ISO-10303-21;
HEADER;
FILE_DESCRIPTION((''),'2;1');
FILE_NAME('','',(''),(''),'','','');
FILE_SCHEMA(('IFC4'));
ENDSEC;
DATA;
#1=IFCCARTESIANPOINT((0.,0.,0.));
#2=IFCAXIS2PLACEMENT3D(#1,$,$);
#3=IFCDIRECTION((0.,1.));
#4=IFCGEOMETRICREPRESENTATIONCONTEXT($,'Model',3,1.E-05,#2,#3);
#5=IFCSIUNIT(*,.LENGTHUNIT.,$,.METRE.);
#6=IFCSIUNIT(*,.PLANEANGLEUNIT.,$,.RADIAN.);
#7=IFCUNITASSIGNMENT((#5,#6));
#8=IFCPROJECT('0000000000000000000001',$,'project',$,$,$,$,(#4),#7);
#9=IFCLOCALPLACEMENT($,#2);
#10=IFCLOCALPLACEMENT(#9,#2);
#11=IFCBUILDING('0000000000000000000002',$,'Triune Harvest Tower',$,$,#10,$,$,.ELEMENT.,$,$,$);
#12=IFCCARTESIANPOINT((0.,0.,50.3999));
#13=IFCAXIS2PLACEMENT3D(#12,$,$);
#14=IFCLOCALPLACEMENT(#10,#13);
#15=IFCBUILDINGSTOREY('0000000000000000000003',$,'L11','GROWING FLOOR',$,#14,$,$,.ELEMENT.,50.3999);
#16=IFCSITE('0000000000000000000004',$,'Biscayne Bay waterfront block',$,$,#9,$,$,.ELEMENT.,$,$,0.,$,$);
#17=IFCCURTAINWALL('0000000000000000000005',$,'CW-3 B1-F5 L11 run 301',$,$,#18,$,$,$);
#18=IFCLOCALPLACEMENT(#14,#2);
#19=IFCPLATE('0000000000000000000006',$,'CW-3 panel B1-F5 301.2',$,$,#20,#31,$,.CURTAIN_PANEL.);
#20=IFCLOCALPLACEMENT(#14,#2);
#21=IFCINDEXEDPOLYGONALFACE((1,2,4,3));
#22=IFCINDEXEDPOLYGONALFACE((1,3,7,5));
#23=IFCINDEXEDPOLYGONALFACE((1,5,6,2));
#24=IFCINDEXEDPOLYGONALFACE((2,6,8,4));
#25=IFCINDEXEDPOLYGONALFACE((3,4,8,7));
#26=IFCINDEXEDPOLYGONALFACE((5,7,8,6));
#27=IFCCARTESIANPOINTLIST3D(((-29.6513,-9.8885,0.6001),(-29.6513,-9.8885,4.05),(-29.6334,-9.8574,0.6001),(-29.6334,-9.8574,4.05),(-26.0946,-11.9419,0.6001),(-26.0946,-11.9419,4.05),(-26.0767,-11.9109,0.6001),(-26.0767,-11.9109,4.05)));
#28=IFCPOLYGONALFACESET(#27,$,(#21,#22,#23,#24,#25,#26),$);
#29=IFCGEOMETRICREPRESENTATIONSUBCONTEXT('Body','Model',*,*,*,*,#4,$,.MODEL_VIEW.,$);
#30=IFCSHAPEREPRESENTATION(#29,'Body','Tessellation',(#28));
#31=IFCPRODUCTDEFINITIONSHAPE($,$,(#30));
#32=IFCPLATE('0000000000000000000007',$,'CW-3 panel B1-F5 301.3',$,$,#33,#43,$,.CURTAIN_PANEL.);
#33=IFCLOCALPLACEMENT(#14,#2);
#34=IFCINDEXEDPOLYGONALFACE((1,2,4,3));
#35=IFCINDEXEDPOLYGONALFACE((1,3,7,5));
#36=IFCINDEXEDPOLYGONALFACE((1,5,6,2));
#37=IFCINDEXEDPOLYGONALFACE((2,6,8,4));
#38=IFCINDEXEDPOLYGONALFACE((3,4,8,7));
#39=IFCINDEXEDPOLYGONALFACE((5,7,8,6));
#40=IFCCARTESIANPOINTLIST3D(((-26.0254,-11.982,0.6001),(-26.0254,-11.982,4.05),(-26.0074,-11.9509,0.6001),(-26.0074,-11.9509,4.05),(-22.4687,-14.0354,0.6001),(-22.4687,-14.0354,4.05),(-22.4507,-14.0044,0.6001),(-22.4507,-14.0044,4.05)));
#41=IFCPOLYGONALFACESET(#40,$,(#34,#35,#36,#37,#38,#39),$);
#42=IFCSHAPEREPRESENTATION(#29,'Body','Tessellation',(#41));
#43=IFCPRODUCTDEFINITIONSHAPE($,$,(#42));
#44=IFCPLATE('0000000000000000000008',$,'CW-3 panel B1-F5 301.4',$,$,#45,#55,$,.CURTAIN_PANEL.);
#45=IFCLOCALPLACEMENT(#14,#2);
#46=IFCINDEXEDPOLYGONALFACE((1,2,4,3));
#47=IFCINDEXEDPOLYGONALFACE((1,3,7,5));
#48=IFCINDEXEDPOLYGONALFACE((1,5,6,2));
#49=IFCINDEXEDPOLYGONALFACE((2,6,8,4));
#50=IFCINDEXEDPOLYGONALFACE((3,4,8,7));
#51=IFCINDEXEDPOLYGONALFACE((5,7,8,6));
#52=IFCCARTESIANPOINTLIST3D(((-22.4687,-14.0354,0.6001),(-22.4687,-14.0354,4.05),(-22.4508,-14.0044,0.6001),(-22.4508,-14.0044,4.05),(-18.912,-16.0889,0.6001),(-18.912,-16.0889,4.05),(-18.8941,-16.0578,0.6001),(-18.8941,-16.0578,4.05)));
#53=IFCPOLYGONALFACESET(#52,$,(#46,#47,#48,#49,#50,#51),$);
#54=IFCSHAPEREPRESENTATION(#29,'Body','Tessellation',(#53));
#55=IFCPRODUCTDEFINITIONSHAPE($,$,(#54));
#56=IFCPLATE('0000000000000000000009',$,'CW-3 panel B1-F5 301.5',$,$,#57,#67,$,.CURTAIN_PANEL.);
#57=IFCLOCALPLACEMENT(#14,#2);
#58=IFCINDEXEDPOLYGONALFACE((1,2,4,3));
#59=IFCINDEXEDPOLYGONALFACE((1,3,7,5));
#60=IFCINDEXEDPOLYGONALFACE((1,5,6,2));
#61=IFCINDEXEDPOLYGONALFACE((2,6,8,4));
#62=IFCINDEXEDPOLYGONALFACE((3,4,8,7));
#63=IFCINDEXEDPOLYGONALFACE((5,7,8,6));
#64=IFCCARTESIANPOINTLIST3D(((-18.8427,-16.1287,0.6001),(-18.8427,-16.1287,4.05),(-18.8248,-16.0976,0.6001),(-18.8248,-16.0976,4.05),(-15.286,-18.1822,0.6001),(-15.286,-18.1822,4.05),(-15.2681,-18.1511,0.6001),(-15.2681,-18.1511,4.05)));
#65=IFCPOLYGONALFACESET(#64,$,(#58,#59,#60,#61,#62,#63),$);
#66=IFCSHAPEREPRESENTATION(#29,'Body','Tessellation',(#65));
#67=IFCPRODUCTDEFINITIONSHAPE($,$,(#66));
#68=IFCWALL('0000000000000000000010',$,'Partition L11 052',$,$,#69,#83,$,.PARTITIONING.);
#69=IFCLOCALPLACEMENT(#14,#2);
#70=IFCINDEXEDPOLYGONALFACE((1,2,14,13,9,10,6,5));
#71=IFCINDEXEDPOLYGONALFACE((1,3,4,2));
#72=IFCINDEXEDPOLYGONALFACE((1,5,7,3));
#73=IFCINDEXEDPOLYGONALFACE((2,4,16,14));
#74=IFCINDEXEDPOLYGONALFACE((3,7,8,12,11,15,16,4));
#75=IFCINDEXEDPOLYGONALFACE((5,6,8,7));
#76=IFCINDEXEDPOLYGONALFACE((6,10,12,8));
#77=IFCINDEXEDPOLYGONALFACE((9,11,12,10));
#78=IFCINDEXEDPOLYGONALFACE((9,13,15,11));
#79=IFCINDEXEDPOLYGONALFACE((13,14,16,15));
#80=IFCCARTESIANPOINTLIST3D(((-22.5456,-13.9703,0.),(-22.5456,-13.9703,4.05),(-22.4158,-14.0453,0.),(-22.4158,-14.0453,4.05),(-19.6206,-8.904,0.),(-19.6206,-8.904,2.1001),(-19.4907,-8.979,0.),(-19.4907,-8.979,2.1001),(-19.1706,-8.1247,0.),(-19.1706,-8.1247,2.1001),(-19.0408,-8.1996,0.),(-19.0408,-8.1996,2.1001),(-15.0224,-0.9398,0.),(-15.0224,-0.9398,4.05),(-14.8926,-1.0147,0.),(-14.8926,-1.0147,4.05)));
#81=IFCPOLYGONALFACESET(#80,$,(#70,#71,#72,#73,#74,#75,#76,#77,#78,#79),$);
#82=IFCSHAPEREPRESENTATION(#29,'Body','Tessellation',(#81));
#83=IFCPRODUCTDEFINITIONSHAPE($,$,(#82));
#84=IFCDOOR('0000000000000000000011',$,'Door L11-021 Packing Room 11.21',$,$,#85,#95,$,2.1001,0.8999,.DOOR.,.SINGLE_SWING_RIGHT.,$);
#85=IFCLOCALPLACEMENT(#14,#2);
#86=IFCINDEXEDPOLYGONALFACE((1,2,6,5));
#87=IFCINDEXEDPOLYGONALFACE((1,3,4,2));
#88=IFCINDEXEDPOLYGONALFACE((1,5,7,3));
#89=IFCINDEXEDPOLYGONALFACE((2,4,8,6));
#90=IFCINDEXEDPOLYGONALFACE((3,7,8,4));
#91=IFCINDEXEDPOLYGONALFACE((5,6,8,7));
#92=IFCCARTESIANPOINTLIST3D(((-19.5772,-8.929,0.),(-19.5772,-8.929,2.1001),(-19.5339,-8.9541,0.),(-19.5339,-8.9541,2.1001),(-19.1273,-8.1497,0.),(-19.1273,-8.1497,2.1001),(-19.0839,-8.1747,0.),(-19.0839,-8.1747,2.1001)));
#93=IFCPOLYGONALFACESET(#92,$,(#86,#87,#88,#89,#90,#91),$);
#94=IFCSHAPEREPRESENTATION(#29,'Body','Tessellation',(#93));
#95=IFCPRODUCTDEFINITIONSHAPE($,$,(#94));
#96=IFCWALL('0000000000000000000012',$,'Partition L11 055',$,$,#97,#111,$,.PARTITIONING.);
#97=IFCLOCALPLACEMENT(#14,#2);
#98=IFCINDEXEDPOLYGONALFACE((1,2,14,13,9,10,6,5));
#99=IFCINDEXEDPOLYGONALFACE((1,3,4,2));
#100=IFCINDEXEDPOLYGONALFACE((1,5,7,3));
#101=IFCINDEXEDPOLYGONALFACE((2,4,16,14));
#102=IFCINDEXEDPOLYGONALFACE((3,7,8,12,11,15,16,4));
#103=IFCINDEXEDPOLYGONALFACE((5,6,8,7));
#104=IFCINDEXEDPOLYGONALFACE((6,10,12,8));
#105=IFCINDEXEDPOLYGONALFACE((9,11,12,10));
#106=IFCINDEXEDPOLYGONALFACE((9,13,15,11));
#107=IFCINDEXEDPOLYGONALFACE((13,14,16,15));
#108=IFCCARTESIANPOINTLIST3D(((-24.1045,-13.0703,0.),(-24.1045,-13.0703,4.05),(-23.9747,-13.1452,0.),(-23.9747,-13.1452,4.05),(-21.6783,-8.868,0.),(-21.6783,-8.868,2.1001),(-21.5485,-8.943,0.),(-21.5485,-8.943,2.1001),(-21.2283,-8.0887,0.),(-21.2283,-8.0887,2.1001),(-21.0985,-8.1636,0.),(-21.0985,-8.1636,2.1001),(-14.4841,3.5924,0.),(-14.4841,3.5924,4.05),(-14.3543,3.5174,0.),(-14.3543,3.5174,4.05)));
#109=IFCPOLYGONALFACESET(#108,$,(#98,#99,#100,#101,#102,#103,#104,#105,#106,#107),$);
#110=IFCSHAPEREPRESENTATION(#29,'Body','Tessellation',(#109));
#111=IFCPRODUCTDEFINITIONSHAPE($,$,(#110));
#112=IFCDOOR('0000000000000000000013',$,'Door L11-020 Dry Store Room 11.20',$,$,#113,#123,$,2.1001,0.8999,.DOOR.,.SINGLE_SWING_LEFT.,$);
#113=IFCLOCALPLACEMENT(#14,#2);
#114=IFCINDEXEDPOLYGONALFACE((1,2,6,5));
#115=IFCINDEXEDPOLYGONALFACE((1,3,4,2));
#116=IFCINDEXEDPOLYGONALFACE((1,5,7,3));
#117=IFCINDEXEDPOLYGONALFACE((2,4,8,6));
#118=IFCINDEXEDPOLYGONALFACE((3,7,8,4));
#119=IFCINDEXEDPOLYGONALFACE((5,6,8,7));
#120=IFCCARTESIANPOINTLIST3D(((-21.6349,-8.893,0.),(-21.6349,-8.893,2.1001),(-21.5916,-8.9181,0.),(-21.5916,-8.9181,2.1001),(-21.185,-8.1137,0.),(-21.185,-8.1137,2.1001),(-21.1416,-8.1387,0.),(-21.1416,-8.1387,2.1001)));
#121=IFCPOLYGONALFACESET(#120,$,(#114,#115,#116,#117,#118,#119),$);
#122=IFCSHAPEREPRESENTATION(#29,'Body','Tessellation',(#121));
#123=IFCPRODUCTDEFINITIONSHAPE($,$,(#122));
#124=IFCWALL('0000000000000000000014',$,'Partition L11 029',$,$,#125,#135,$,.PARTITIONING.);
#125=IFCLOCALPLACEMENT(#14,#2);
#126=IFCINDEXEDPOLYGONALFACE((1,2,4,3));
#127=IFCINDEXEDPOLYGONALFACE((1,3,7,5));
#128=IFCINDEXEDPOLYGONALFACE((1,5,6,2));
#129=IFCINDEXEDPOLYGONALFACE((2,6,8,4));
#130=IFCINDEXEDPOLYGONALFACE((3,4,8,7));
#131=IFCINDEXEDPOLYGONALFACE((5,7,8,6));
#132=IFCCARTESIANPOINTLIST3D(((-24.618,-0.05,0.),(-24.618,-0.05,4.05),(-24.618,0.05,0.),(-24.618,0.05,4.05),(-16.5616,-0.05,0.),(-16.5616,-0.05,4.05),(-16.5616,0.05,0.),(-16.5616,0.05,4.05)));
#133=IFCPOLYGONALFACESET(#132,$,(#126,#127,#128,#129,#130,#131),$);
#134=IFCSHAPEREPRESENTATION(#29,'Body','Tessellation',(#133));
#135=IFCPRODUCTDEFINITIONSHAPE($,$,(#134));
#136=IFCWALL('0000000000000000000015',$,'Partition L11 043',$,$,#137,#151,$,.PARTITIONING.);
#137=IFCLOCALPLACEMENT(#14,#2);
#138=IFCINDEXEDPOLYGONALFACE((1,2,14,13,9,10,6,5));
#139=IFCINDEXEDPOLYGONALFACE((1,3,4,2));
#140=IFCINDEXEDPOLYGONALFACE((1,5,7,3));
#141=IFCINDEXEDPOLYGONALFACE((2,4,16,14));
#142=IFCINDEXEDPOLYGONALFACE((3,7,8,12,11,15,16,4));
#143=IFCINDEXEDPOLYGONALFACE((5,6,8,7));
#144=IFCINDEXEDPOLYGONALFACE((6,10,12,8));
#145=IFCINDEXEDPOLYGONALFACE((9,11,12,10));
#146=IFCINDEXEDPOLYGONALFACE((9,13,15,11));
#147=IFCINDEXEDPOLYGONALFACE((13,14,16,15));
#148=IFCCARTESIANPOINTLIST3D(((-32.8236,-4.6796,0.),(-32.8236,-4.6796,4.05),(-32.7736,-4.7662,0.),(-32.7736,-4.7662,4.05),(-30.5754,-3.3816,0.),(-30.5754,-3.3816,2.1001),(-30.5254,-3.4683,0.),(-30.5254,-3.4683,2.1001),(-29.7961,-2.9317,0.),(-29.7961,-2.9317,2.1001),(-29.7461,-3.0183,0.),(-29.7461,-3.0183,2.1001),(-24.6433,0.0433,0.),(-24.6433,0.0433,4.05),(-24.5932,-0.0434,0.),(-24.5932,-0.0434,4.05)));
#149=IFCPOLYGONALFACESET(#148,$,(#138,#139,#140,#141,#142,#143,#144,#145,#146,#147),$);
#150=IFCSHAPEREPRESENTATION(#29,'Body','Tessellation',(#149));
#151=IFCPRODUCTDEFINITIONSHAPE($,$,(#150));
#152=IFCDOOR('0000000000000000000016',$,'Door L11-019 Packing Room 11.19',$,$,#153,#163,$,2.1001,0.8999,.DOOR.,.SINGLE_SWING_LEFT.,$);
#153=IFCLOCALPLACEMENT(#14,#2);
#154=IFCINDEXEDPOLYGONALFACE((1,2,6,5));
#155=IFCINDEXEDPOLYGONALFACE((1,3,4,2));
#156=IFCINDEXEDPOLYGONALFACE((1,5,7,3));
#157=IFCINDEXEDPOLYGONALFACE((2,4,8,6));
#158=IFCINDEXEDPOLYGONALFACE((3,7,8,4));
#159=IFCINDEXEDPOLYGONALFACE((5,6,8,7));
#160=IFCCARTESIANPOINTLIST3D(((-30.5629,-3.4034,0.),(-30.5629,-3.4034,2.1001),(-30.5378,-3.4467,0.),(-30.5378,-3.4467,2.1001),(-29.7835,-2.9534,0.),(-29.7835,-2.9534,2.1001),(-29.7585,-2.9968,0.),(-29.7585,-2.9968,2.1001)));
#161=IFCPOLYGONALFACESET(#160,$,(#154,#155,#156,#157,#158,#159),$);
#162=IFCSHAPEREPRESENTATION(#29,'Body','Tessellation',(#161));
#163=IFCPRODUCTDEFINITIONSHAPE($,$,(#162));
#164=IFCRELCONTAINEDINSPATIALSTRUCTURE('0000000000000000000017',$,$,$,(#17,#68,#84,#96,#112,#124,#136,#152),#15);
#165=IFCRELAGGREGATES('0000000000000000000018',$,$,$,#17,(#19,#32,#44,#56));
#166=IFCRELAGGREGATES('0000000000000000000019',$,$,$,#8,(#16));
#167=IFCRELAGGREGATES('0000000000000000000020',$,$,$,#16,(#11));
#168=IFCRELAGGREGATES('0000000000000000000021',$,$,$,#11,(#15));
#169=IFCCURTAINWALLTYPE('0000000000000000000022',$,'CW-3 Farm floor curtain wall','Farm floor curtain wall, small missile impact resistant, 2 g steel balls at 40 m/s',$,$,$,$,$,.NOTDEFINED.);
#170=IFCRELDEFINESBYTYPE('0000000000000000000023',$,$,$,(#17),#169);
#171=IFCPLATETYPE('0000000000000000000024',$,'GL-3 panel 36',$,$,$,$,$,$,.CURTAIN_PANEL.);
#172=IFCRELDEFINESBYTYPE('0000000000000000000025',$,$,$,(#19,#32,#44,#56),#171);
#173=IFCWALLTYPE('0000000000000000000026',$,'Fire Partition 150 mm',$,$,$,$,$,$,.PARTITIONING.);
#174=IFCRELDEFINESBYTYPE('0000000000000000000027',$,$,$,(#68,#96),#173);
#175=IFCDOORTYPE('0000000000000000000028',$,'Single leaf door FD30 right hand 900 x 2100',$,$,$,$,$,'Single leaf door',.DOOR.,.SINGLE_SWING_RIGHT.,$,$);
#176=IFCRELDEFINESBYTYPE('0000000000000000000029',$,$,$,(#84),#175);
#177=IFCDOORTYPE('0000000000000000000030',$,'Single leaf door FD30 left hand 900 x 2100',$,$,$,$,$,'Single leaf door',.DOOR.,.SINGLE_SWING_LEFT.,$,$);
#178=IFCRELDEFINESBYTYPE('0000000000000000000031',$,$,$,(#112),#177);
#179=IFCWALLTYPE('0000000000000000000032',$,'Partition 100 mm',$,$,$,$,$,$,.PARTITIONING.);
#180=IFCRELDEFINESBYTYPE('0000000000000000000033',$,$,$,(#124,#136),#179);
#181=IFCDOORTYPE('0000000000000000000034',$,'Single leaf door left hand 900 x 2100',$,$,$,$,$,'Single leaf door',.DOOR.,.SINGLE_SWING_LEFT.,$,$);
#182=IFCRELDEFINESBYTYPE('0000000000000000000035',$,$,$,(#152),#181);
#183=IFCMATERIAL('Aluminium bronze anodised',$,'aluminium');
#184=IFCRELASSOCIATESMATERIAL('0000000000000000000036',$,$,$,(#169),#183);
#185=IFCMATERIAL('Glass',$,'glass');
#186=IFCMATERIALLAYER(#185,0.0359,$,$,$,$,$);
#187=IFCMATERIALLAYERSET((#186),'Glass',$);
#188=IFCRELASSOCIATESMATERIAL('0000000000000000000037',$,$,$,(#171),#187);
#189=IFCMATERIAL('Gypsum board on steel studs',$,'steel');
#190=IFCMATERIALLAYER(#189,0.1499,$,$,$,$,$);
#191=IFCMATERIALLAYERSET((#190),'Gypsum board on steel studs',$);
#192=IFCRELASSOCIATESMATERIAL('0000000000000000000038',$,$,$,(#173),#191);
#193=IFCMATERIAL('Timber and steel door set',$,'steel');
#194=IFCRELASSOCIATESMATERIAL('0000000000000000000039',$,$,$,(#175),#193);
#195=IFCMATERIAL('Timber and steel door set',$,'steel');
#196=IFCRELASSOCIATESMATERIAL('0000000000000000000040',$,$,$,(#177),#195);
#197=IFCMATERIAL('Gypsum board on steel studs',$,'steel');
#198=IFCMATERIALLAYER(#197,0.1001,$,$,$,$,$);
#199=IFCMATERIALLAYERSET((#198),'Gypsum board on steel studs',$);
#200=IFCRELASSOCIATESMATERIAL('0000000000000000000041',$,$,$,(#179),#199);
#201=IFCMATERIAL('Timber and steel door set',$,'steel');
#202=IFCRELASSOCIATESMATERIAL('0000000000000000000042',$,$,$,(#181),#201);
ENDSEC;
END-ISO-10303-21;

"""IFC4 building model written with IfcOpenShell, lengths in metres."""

from ifc_helpers import new_model, si_unit, direction, frame, frame_2d, origin, origin_2d, place, context, subcontext, project, spatial, rectangle, extrude, source, transform, mapped, material, layer, layer_set, type_object, element, fill, aggregate, save


model = new_model("IFC4")

# Units and contexts
model_context = context("Model", 3, precision=1e-05, world=origin(), true_north=direction((0.0, 1.0)))
body_context = subcontext(model_context, "Body", "Model", "MODEL_VIEW")
ifc_project = project(units=[si_unit("LENGTHUNIT", "METRE"), si_unit("PLANEANGLEUNIT", "RADIAN")], contexts=[model_context])

# Site, building, storey
site_placement = place(None, origin())
site = spatial("IfcSite", under=ifc_project, at=site_placement, Name="Biscayne Bay waterfront block", CompositionType="ELEMENT", RefElevation=0.0)
building_placement = place(site_placement, origin())
building = spatial("IfcBuilding", under=site, at=building_placement, Name="Triune Harvest Tower", CompositionType="ELEMENT")
storey_placement = place(building_placement, frame((0.0, 0.0, 50.3999)))
storey = spatial("IfcBuildingStorey", under=building, at=storey_placement, Name="L11", Description="GROWING FLOOR", CompositionType="ELEMENT", Elevation=50.3999)

# Curtain wall
ifc_material_1 = material(Name="Aluminium bronze anodised", Category="aluminium")
curtain_wall_type = type_object("IfcCurtainWallType", Name="CW-3 Farm floor curtain wall", Description="Farm floor curtain wall, small missile impact resistant, 2 g steel balls at 40 m/s", PredefinedType="NOTDEFINED", material=ifc_material_1)
curtain_wall_placement = place(storey_placement, origin())
curtain_wall = element("IfcCurtainWall", 1, at=curtain_wall_placement, inside=storey, type_object=curtain_wall_type, Name="CW-3 B1-F5 L11 run 301")

# Plates
ifc_material_2 = material(Name="Glass", Category="glass")
ifc_layer_1 = layer(ifc_material_2, 0.0359)
ifc_layer_set_1 = layer_set([ifc_layer_1], Name="Glass")
plate_type = type_object("IfcPlateType", Name="GL-3 panel 36", PredefinedType="CURTAIN_PANEL", material=ifc_layer_set_1)
shared_shape_1 = source(origin(), body_context, "Body", "SweptSolid", [
    extrude(rectangle(XDim=4.1069, YDim=0.0359, at=origin_2d()), origin(), (0.0, 0.0, 1.0), 3.45),
])
plate_1_placement = place(storey_placement, frame((-27.864, -10.8997, 0.6001), z_axis=(0.0, 0.0, 1.0), x_axis=(0.866026, -0.499999, 0.0)))
plate_1 = element("IfcPlate", 2, at=plate_1_placement, type_object=plate_type, Name="CW-3 panel B1-F5 301.2", PredefinedType="CURTAIN_PANEL", context=body_context, shape_type="MappedRepresentation", body=[
    mapped(shared_shape_1, transform((0.0, 0.0, 0.0), scale=1.0)),
])
plate_2_placement = place(storey_placement, frame((-24.238, -12.9932, 0.6001), z_axis=(0.0, 0.0, 1.0), x_axis=(0.866026, -0.499999, 0.0)))
plate_2 = element("IfcPlate", 3, at=plate_2_placement, type_object=plate_type, Name="CW-3 panel B1-F5 301.3", PredefinedType="CURTAIN_PANEL", context=body_context, shape_type="MappedRepresentation", body=[
    mapped(shared_shape_1, transform((0.0, 0.0, 0.0), scale=1.0)),
])
plate_3_placement = place(storey_placement, frame((-20.6814, -15.0466, 0.6001), z_axis=(0.0, 0.0, 1.0), x_axis=(0.866026, -0.499999, 0.0)))
plate_3 = element("IfcPlate", 4, at=plate_3_placement, type_object=plate_type, Name="CW-3 panel B1-F5 301.4", PredefinedType="CURTAIN_PANEL", context=body_context, shape_type="MappedRepresentation", body=[
    mapped(shared_shape_1, transform((0.0, 0.0, 0.0), scale=1.0)),
])
plate_4_placement = place(storey_placement, frame((-17.0554, -17.1399, 0.6001), z_axis=(0.0, 0.0, 1.0), x_axis=(0.866026, -0.499999, 0.0)))
plate_4 = element("IfcPlate", 5, at=plate_4_placement, type_object=plate_type, Name="CW-3 panel B1-F5 301.5", PredefinedType="CURTAIN_PANEL", context=body_context, shape_type="MappedRepresentation", body=[
    mapped(shared_shape_1, transform((0.0, 0.0, 0.0), scale=1.0)),
])
aggregate(curtain_wall, [plate_1, plate_2, plate_3, plate_4])

# Walls, openings, doors
ifc_material_3 = material(Name="Gypsum board on steel studs", Category="steel")
ifc_layer_2 = layer(ifc_material_3, 0.1499)
ifc_layer_set_2 = layer_set([ifc_layer_2], Name="Gypsum board on steel studs")
wall_type_1 = type_object("IfcWallType", Name="Fire Partition 150 mm", PredefinedType="PARTITIONING", material=ifc_layer_set_2)
wall_1_placement = place(storey_placement, frame((-22.4807, -14.0078, 0.0), z_axis=(0.0, 0.0, 1.0), x_axis=(0.500001, 0.866025, 0.0)))
wall_1 = element("IfcWall", 6, at=wall_1_placement, inside=storey, type_object=wall_type_1, Name="Partition L11 052", PredefinedType="PARTITIONING", context=body_context, shape_type="SweptSolid", body=[
    extrude(rectangle(XDim=15.0464, YDim=0.1499, at=frame_2d((7.5232, 0.0))), origin(), (0.0, 0.0, 1.0), 4.05),
])
opening_1_placement = place(wall_1_placement, frame((5.8501, 0.0, 0.0)))
opening_1 = element("IfcOpeningElement", 7, at=opening_1_placement, cuts=wall_1, PredefinedType="OPENING", context=body_context, shape_type="SweptSolid", body=[
    extrude(rectangle(XDim=0.8999, YDim=2.1001, at=frame_2d((0.45, 1.05))), frame((0.0, 0.085, 0.0), z_axis=(0.0, -1.0, 0.0), x_axis=(1.0, 0.0, 0.0)), (0.0, 0.0, 1.0), 0.1699),
])
ifc_material_4 = material(Name="Timber and steel door set", Category="steel")
door_type_1 = type_object("IfcDoorType", Name="Single leaf door FD30 right hand 900 x 2100", ElementType="Single leaf door", OperationType="SINGLE_SWING_RIGHT", PredefinedType="DOOR", material=ifc_material_4)
door_1_placement = place(opening_1_placement, origin())
door_1 = element("IfcDoor", 8, at=door_1_placement, inside=storey, type_object=door_type_1, Name="Door L11-021 Packing Room 11.21", OperationType="SINGLE_SWING_RIGHT", OverallHeight=2.1001, OverallWidth=0.8999, PredefinedType="DOOR", context=body_context, shape_type="SweptSolid", body=[
    extrude(rectangle(XDim=0.8999, YDim=2.1001, at=frame_2d((0.45, 1.05))), frame((0.0, 0.0249, 0.0), z_axis=(0.0, -1.0, 0.0), x_axis=(1.0, 0.0, 0.0)), (0.0, 0.0, 1.0), 0.05),
])
fill(opening_1, door_1)
wall_2_placement = place(storey_placement, frame((-24.0396, -13.1077, 0.0), z_axis=(0.0, 0.0, 1.0), x_axis=(0.500008, 0.866021, 0.0)))
wall_2 = element("IfcWall", 9, at=wall_2_placement, inside=storey, type_object=wall_type_1, Name="Partition L11 055", PredefinedType="PARTITIONING", context=body_context, shape_type="SweptSolid", body=[
    extrude(rectangle(XDim=19.2405, YDim=0.1499, at=frame_2d((9.6201, 0.0))), origin(), (0.0, 0.0, 1.0), 4.05),
])
opening_2_placement = place(wall_2_placement, frame((4.8523, 0.0, 0.0)))
opening_2 = element("IfcOpeningElement", 10, at=opening_2_placement, cuts=wall_2, PredefinedType="OPENING", context=body_context, shape_type="SweptSolid", body=[
    extrude(rectangle(XDim=0.8999, YDim=2.1001, at=frame_2d((0.45, 1.05))), frame((0.0, 0.085, 0.0), z_axis=(0.0, -1.0, 0.0), x_axis=(1.0, 0.0, 0.0)), (0.0, 0.0, 1.0), 0.1699),
])
ifc_material_5 = material(Name="Timber and steel door set", Category="steel")
door_type_2 = type_object("IfcDoorType", Name="Single leaf door FD30 left hand 900 x 2100", ElementType="Single leaf door", OperationType="SINGLE_SWING_LEFT", PredefinedType="DOOR", material=ifc_material_5)
door_2_placement = place(opening_2_placement, origin())
door_2 = element("IfcDoor", 11, at=door_2_placement, inside=storey, type_object=door_type_2, Name="Door L11-020 Dry Store Room 11.20", OperationType="SINGLE_SWING_LEFT", OverallHeight=2.1001, OverallWidth=0.8999, PredefinedType="DOOR", context=body_context, shape_type="SweptSolid", body=[
    extrude(rectangle(XDim=0.8999, YDim=2.1001, at=frame_2d((0.45, 1.05))), frame((0.0, 0.0249, 0.0), z_axis=(0.0, -1.0, 0.0), x_axis=(1.0, 0.0, 0.0)), (0.0, 0.0, 1.0), 0.05),
])
fill(opening_2, door_2)

# Wall
ifc_material_6 = material(Name="Gypsum board on steel studs", Category="steel")
ifc_layer_3 = layer(ifc_material_6, 0.1001)
ifc_layer_set_3 = layer_set([ifc_layer_3], Name="Gypsum board on steel studs")
wall_type_2 = type_object("IfcWallType", Name="Partition 100 mm", PredefinedType="PARTITIONING", material=ifc_layer_set_3)
wall_3_placement = place(storey_placement, frame((-24.6182, 0.0, 0.0), z_axis=(0.0, 0.0, 1.0), x_axis=(1.0, 0.0, 0.0)))
element("IfcWall", 12, at=wall_3_placement, inside=storey, type_object=wall_type_2, Name="Partition L11 029", PredefinedType="PARTITIONING", context=body_context, shape_type="SweptSolid", body=[
    extrude(rectangle(XDim=8.0564, YDim=0.1001, at=frame_2d((4.0283, 0.0))), origin(), (0.0, 0.0, 1.0), 4.05),
])

# Wall, opening, door
wall_4_placement = place(storey_placement, frame((-32.7986, -4.7229, 0.0), z_axis=(0.0, 0.0, 1.0), x_axis=(0.866028, 0.499995, 0.0)))
wall_4 = element("IfcWall", 13, at=wall_4_placement, inside=storey, type_object=wall_type_2, Name="Partition L11 043", PredefinedType="PARTITIONING", context=body_context, shape_type="SweptSolid", body=[
    extrude(rectangle(XDim=9.4458, YDim=0.1001, at=frame_2d((4.7229, 0.0))), origin(), (0.0, 0.0, 1.0), 4.05),
])
opening_3_placement = place(wall_4_placement, frame((2.5959, 0.0, 0.0)))
opening_3 = element("IfcOpeningElement", 14, at=opening_3_placement, cuts=wall_4, PredefinedType="OPENING", context=body_context, shape_type="SweptSolid", body=[
    extrude(rectangle(XDim=0.8999, YDim=2.1001, at=frame_2d((0.45, 1.05))), frame((0.0, 0.0601, 0.0), z_axis=(0.0, -1.0, 0.0), x_axis=(1.0, 0.0, 0.0)), (0.0, 0.0, 1.0), 0.1201),
])
ifc_material_7 = material(Name="Timber and steel door set", Category="steel")
door_type_3 = type_object("IfcDoorType", Name="Single leaf door left hand 900 x 2100", ElementType="Single leaf door", OperationType="SINGLE_SWING_LEFT", PredefinedType="DOOR", material=ifc_material_7)
door_3_placement = place(opening_3_placement, origin())
door_3 = element("IfcDoor", 15, at=door_3_placement, inside=storey, type_object=door_type_3, Name="Door L11-019 Packing Room 11.19", OperationType="SINGLE_SWING_LEFT", OverallHeight=2.1001, OverallWidth=0.8999, PredefinedType="DOOR", context=body_context, shape_type="SweptSolid", body=[
    extrude(rectangle(XDim=0.8999, YDim=2.1001, at=frame_2d((0.45, 1.05))), frame((0.0, 0.0249, 0.0), z_axis=(0.0, -1.0, 0.0), x_axis=(1.0, 0.0, 0.0)), (0.0, 0.0, 1.0), 0.05),
])
fill(opening_3, door_3)

save(model, "model.ifc")
